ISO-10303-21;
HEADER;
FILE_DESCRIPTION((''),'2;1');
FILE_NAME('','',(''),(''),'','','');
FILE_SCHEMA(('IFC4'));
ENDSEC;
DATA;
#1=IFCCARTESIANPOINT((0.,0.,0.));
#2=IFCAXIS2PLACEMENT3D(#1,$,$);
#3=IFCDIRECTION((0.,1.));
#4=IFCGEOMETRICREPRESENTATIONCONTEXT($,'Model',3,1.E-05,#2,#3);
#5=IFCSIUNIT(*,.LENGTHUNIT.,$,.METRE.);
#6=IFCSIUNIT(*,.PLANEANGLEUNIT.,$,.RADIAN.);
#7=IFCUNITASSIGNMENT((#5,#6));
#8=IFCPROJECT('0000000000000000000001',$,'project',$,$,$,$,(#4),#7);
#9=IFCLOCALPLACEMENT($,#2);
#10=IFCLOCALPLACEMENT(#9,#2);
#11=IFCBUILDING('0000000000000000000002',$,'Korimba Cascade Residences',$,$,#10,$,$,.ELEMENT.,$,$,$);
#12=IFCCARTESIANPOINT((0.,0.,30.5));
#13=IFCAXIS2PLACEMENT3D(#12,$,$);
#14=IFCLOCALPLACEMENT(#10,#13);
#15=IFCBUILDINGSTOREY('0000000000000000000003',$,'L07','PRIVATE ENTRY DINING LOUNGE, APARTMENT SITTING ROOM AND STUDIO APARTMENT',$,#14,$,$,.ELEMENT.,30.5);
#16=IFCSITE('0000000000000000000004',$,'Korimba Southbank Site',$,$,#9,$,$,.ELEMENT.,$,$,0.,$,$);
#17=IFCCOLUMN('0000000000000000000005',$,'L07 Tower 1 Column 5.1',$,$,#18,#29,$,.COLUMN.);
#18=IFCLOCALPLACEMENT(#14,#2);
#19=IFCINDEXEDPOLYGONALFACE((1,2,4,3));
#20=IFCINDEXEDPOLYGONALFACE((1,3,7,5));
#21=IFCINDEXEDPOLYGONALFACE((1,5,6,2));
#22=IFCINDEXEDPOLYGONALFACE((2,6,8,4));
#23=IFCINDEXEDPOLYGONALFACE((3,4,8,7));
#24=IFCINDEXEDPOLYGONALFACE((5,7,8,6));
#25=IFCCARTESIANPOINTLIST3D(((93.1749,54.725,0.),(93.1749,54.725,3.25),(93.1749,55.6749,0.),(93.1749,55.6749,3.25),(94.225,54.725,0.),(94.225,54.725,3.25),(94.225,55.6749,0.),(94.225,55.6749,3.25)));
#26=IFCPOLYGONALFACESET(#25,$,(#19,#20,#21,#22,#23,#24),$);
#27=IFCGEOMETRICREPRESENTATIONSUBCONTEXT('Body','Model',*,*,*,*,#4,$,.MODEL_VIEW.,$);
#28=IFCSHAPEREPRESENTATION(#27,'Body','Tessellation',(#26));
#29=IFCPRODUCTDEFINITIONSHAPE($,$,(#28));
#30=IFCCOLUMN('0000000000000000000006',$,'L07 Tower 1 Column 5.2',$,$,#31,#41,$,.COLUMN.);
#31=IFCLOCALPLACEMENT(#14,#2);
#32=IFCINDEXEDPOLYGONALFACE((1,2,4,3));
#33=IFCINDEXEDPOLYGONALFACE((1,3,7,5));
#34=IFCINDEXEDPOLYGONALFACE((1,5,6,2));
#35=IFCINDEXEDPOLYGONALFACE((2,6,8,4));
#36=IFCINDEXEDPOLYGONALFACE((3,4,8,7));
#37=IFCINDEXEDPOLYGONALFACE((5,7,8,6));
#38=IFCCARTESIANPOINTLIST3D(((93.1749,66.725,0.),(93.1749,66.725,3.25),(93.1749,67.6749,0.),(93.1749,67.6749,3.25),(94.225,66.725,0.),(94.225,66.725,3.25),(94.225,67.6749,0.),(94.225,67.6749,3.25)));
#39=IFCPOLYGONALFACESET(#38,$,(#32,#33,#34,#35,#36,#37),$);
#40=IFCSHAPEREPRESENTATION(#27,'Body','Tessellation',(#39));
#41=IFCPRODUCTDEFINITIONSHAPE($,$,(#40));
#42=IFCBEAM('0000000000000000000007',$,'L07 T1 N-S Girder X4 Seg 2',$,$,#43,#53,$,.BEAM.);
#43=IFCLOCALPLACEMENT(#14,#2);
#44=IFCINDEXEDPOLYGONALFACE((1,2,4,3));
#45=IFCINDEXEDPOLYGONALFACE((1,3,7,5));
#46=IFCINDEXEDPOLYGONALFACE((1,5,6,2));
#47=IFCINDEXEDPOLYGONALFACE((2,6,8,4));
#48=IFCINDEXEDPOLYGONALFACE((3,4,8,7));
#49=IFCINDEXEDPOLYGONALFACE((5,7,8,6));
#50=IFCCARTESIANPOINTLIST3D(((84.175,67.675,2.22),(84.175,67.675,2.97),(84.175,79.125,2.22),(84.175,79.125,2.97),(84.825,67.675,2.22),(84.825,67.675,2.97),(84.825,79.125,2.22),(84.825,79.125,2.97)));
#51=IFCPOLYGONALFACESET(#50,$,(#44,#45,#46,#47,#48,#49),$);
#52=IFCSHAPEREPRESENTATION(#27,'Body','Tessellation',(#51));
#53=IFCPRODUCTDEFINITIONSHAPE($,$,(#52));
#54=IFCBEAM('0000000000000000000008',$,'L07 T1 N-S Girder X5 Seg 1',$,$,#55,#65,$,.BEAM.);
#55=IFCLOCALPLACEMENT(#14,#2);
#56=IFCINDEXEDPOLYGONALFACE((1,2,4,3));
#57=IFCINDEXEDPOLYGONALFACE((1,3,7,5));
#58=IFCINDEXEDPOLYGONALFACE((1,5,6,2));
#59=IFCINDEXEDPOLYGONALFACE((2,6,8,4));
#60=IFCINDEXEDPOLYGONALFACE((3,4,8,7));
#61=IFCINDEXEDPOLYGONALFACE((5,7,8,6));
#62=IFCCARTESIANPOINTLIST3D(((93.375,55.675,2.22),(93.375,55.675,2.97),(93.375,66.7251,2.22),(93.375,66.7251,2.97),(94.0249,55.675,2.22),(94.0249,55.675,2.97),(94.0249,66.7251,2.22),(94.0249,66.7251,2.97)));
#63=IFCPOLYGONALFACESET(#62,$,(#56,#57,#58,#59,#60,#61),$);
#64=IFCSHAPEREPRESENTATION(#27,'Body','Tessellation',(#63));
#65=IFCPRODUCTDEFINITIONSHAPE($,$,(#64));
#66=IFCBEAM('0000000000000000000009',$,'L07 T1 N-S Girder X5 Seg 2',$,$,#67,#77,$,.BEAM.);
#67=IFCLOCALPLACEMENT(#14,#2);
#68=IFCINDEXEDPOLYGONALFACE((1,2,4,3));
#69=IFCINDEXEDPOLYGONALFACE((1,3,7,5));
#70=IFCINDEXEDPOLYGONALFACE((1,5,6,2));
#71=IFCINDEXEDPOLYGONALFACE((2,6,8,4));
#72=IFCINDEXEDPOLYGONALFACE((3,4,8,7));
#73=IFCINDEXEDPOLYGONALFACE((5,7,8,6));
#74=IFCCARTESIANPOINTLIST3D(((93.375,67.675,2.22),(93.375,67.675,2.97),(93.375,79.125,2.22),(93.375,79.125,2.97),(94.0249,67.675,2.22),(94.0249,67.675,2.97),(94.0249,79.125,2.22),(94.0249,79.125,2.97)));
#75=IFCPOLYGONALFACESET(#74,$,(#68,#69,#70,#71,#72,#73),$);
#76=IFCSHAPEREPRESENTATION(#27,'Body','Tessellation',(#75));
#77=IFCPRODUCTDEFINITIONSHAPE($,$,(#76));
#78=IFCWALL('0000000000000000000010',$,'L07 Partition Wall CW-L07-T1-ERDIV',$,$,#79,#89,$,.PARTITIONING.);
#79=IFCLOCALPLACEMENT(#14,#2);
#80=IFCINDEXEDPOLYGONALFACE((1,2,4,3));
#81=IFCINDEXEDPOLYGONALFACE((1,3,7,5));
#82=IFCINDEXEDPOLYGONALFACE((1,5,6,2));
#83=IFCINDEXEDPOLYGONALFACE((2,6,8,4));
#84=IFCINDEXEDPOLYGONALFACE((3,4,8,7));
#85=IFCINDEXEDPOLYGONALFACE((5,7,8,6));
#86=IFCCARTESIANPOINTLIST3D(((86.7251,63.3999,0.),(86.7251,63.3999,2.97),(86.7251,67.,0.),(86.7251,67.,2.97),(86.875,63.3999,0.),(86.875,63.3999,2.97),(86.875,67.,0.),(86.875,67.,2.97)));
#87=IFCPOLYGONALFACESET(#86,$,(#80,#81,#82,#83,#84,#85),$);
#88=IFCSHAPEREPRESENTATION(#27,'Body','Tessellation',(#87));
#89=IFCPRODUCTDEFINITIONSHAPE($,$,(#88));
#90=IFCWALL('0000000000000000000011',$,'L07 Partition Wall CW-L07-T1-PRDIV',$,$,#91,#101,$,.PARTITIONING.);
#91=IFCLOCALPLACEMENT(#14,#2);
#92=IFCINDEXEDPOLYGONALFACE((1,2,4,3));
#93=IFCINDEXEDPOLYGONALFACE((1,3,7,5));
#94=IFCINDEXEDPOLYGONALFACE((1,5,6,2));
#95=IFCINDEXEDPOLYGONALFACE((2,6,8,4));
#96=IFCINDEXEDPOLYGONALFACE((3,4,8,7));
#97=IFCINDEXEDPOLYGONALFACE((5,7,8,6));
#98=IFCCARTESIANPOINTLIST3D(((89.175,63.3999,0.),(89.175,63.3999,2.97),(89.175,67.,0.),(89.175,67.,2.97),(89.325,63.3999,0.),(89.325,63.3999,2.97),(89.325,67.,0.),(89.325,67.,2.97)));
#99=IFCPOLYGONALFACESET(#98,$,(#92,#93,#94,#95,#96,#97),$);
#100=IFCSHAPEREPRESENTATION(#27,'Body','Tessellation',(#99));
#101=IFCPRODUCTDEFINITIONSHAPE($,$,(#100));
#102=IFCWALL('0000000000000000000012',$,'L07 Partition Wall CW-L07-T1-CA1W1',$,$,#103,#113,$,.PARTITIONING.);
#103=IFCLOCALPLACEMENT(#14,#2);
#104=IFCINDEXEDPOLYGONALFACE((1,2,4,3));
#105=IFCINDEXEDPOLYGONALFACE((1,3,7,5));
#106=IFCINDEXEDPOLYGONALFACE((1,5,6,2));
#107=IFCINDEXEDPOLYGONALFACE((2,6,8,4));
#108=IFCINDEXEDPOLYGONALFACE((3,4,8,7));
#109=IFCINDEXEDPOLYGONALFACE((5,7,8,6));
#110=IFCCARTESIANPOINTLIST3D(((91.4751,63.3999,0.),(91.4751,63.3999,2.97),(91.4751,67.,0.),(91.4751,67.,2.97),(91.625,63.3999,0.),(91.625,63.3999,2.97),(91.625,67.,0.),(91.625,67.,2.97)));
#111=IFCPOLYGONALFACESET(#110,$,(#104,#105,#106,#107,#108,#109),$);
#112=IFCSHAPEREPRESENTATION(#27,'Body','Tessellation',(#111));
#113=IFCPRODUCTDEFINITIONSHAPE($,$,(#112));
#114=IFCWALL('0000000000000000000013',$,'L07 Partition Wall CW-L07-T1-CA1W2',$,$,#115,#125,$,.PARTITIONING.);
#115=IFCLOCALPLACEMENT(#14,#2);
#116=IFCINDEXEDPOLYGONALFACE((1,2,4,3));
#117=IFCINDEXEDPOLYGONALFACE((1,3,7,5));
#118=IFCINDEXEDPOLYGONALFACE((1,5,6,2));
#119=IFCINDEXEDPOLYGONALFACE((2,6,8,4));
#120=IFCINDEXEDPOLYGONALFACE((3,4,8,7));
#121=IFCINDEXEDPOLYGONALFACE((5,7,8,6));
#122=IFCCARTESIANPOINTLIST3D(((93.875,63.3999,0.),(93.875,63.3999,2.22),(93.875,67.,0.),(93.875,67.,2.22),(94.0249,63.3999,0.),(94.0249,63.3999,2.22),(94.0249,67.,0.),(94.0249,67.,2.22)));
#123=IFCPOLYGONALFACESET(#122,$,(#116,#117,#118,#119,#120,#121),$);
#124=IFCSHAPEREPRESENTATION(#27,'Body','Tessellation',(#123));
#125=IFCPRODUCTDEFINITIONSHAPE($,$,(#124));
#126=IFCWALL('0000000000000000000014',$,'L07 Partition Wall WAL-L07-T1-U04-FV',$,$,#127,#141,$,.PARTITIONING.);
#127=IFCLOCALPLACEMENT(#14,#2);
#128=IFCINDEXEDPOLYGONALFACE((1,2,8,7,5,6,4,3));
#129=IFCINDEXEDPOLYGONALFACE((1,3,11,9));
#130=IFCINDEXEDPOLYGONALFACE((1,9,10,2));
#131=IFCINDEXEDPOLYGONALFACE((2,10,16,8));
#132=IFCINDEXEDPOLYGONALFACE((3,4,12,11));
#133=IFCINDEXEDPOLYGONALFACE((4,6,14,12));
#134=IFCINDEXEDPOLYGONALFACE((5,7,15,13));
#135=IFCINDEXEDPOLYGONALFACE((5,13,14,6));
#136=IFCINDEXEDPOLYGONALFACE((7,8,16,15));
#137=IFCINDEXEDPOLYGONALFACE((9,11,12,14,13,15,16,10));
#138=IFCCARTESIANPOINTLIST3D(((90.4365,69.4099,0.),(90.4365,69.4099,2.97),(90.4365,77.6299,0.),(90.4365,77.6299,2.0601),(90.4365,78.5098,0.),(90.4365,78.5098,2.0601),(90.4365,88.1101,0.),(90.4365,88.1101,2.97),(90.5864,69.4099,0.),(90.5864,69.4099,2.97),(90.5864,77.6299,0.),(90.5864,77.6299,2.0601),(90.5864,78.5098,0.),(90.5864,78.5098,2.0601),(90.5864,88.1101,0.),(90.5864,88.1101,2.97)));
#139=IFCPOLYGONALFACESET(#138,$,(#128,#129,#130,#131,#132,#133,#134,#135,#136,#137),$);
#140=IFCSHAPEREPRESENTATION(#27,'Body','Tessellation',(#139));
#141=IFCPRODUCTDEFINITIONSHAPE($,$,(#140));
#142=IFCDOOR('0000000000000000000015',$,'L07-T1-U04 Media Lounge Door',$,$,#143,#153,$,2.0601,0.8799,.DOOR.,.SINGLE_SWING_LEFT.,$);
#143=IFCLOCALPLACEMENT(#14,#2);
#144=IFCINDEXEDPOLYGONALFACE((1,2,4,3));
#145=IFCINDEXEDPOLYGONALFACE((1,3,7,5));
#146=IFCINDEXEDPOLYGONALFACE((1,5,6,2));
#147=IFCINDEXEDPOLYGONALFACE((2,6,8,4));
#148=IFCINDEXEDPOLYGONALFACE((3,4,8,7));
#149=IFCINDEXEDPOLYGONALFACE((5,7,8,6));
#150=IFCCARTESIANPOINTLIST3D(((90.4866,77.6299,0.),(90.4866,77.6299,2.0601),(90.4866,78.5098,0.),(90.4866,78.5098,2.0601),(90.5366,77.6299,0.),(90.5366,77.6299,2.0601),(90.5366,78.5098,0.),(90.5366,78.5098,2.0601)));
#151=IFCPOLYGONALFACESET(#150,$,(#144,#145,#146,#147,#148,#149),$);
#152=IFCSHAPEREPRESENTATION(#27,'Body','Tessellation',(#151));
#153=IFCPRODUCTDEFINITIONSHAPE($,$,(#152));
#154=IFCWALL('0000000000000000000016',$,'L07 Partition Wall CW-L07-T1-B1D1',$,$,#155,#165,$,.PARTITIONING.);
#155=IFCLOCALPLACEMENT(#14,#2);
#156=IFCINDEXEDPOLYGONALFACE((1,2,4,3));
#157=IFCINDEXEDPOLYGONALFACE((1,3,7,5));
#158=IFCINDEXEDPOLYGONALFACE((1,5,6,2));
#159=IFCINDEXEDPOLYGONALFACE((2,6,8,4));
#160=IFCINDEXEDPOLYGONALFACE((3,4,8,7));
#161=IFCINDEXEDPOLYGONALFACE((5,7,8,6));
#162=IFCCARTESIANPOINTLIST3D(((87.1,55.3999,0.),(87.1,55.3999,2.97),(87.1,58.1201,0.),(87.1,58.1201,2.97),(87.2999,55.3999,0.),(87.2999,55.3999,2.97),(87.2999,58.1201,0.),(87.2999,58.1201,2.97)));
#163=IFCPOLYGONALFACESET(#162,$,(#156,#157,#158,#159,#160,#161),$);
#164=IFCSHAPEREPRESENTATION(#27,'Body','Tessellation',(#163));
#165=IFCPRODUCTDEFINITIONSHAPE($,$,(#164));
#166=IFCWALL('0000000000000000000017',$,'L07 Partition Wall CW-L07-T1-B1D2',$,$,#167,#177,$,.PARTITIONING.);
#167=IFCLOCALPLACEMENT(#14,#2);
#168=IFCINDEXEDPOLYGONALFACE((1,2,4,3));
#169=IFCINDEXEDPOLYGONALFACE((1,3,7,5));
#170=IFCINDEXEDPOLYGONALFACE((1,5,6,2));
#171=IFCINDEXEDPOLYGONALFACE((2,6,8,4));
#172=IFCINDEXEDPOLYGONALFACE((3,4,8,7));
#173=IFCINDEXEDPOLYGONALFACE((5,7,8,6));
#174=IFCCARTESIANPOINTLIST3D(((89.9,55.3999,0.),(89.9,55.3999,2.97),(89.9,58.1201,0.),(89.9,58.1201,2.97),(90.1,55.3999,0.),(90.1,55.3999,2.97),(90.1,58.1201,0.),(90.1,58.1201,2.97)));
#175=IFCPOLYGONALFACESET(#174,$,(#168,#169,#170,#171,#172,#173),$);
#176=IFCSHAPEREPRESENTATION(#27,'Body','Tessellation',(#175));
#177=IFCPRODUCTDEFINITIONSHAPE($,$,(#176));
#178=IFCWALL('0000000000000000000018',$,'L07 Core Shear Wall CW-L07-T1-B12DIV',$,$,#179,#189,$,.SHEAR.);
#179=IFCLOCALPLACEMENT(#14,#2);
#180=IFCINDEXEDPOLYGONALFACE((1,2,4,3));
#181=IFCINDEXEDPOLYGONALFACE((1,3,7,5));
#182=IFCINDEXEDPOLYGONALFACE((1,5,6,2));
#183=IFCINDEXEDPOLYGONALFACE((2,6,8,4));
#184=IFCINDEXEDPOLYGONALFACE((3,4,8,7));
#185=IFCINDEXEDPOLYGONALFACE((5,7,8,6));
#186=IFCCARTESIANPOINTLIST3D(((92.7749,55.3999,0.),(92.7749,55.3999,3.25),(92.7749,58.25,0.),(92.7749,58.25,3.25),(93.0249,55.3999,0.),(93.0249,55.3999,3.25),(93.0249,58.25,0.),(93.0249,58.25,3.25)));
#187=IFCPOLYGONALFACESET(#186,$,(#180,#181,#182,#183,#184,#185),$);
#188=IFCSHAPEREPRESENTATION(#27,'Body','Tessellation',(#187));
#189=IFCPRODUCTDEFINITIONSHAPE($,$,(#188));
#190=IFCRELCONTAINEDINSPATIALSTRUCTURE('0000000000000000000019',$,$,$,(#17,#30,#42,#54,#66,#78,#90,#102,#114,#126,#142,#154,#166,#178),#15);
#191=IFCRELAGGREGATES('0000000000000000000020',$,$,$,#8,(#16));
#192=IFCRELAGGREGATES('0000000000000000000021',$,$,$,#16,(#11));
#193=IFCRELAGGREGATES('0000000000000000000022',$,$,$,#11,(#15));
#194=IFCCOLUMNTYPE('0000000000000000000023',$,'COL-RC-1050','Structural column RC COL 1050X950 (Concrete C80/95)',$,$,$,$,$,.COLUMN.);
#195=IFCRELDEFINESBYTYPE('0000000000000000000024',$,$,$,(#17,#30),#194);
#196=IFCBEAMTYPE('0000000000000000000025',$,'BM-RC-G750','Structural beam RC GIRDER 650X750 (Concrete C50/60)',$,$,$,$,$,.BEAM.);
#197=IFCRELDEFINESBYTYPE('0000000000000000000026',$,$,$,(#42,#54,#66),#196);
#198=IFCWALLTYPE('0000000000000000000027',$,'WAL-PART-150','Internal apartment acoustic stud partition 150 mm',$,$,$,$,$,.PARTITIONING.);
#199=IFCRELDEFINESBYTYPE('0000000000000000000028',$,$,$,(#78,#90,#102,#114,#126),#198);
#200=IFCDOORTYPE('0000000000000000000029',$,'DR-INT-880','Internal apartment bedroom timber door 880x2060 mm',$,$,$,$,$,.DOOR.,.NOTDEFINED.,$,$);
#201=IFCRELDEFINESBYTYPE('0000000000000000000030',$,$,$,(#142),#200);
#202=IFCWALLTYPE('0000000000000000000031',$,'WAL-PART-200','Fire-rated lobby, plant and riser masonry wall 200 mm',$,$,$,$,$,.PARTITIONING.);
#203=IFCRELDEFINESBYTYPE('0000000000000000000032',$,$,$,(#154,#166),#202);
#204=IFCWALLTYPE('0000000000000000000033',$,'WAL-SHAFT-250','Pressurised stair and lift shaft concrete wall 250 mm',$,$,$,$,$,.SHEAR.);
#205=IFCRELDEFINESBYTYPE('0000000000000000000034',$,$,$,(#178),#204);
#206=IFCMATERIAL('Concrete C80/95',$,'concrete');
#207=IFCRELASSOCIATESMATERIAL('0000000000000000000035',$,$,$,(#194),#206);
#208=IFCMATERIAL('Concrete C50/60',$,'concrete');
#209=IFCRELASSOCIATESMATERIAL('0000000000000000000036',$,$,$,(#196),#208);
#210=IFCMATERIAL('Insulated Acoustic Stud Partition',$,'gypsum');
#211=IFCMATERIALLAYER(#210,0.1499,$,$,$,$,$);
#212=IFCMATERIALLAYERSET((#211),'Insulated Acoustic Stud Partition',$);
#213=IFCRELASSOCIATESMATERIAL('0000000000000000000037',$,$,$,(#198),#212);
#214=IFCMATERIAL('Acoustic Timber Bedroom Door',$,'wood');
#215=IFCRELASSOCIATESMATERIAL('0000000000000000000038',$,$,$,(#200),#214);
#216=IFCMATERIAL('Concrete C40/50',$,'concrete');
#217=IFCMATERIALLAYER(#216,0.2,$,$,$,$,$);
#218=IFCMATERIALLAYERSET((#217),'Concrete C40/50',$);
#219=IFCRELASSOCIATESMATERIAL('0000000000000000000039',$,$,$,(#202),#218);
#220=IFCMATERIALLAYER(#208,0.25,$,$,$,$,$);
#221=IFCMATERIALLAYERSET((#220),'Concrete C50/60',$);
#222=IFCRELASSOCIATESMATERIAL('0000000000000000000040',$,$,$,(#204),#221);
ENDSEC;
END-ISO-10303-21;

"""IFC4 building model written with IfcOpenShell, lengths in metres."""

from ifc_helpers import new_model, si_unit, direction, frame, frame_2d, origin, origin_2d, place, context, subcontext, project, spatial, rectangle, extrude, material, layer, layer_set, material_profile, profile_set, type_object, element, fill, save


model = new_model("IFC4")

# Units and contexts
model_context = context("Model", 3, precision=1e-05, world=origin(), true_north=direction((0.0, 1.0)))
body_context = subcontext(model_context, "Body", "Model", "MODEL_VIEW")
ifc_project = project(units=[si_unit("LENGTHUNIT", "METRE"), si_unit("PLANEANGLEUNIT", "RADIAN")], contexts=[model_context])

# Site, building, storey
site_placement = place(None, origin())
site = spatial("IfcSite", under=ifc_project, at=site_placement, Name="Korimba Southbank Site", CompositionType="ELEMENT", RefElevation=0.0)
building_placement = place(site_placement, origin())
building = spatial("IfcBuilding", under=site, at=building_placement, Name="Korimba Cascade Residences", CompositionType="ELEMENT")
storey_placement = place(building_placement, frame((0.0, 0.0, 30.5)))
storey = spatial("IfcBuildingStorey", under=building, at=storey_placement, Name="L07", Description="PRIVATE ENTRY DINING LOUNGE, APARTMENT SITTING ROOM AND STUDIO APARTMENT", CompositionType="ELEMENT", Elevation=30.5)

# Columns
ifc_material_1 = material(Name="Concrete C80/95", Category="concrete")
ifc_material_profile_1 = material_profile(ifc_material_1, rectangle(XDim=1.05, YDim=0.95, at=origin_2d()), Name="Concrete C80/95")
ifc_profile_set_1 = profile_set([ifc_material_profile_1], Name="Concrete C80/95")
column_type = type_object("IfcColumnType", Name="COL-RC-1050", Description="Structural column RC COL 1050X950 (Concrete C80/95)", PredefinedType="COLUMN", material=ifc_profile_set_1)
for number, where, z_axis, x_axis, name in (
    (1, (93.7, 55.2, 0.0), (0.0, 0.0, 1.0), (1.0, 0.0, 0.0), "L07 Tower 1 Column 5.1"),
    (2, (93.7, 67.2, 0.0), (0.0, 0.0, 1.0), (1.0, 0.0, 0.0), "L07 Tower 1 Column 5.2"),
):
    element("IfcColumn", number, at=place(storey_placement, frame(where, z_axis=z_axis, x_axis=x_axis)), inside=storey, type_object=column_type, Name=name, PredefinedType="COLUMN", context=body_context, shape_type="SweptSolid", body=[
        extrude(rectangle(XDim=1.05, YDim=0.95, at=origin_2d()), origin(), (0.0, 0.0, 1.0), 3.25),
    ])

# Beams
ifc_material_2 = material(Name="Concrete C50/60", Category="concrete")
ifc_material_profile_2 = material_profile(ifc_material_2, rectangle(XDim=0.6499, YDim=0.75, at=origin_2d()), Name="Concrete C50/60")
ifc_profile_set_2 = profile_set([ifc_material_profile_2], Name="Concrete C50/60")
beam_type = type_object("IfcBeamType", Name="BM-RC-G750", Description="Structural beam RC GIRDER 650X750 (Concrete C50/60)", PredefinedType="BEAM", material=ifc_profile_set_2)
beam_1_placement = place(storey_placement, frame((84.5, 67.675, 2.595), z_axis=(0.0, 1.0, 0.0), x_axis=(-1.0, 0.0, 0.0)))
element("IfcBeam", 3, at=beam_1_placement, inside=storey, type_object=beam_type, Name="L07 T1 N-S Girder X4 Seg 2", PredefinedType="BEAM", context=body_context, shape_type="SweptSolid", body=[
    extrude(rectangle(XDim=0.6499, YDim=0.75, at=origin_2d()), origin(), (0.0, 0.0, 1.0), 11.45),
])
beam_2_placement = place(storey_placement, frame((93.7, 55.675, 2.595), z_axis=(0.0, 1.0, 0.0), x_axis=(-1.0, 0.0, 0.0)))
element("IfcBeam", 4, at=beam_2_placement, inside=storey, type_object=beam_type, Name="L07 T1 N-S Girder X5 Seg 1", PredefinedType="BEAM", context=body_context, shape_type="SweptSolid", body=[
    extrude(rectangle(XDim=0.6499, YDim=0.75, at=origin_2d()), origin(), (0.0, 0.0, 1.0), 11.05),
])
beam_3_placement = place(storey_placement, frame((93.7, 67.675, 2.595), z_axis=(0.0, 1.0, 0.0), x_axis=(-1.0, 0.0, 0.0)))
element("IfcBeam", 5, at=beam_3_placement, inside=storey, type_object=beam_type, Name="L07 T1 N-S Girder X5 Seg 2", PredefinedType="BEAM", context=body_context, shape_type="SweptSolid", body=[
    extrude(rectangle(XDim=0.6499, YDim=0.75, at=origin_2d()), origin(), (0.0, 0.0, 1.0), 11.45),
])

# Walls
ifc_material_3 = material(Name="Insulated Acoustic Stud Partition", Category="gypsum")
ifc_layer_1 = layer(ifc_material_3, 0.1499)
ifc_layer_set_1 = layer_set([ifc_layer_1], Name="Insulated Acoustic Stud Partition")
wall_type_1 = type_object("IfcWallType", Name="WAL-PART-150", Description="Internal apartment acoustic stud partition 150 mm", PredefinedType="PARTITIONING", material=ifc_layer_set_1)
for number, where, z_axis, x_axis, name in (
    (6, (86.8, 63.3999, 0.0), (0.0, 0.0, 1.0), (0.0, 1.0, 0.0), "L07 Partition Wall CW-L07-T1-ERDIV"),
    (7, (89.25, 63.3999, 0.0), (0.0, 0.0, 1.0), (0.0, 1.0, 0.0), "L07 Partition Wall CW-L07-T1-PRDIV"),
    (8, (91.55, 63.3999, 0.0), (0.0, 0.0, 1.0), (0.0, 1.0, 0.0), "L07 Partition Wall CW-L07-T1-CA1W1"),
):
    element("IfcWall", number, at=place(storey_placement, frame(where, z_axis=z_axis, x_axis=x_axis)), inside=storey, type_object=wall_type_1, Name=name, PredefinedType="PARTITIONING", context=body_context, shape_type="SweptSolid", body=[
        extrude(rectangle(XDim=3.6001, YDim=0.1499, at=frame_2d((1.8, 0.0))), origin(), (0.0, 0.0, 1.0), 2.97),
    ])
wall_1_placement = place(storey_placement, frame((93.95, 63.3999, 0.0), z_axis=(0.0, 0.0, 1.0), x_axis=(0.0, 1.0, 0.0)))
element("IfcWall", 9, at=wall_1_placement, inside=storey, type_object=wall_type_1, Name="L07 Partition Wall CW-L07-T1-CA1W2", PredefinedType="PARTITIONING", context=body_context, shape_type="SweptSolid", body=[
    extrude(rectangle(XDim=3.6001, YDim=0.1499, at=frame_2d((1.8, 0.0))), origin(), (0.0, 0.0, 1.0), 2.22),
])

# Wall, opening, door
wall_2_placement = place(storey_placement, frame((90.5115, 69.4099, 0.0), z_axis=(0.0, 0.0, 1.0), x_axis=(0.0, 1.0, 0.0)))
wall_2 = element("IfcWall", 10, at=wall_2_placement, inside=storey, type_object=wall_type_1, Name="L07 Partition Wall WAL-L07-T1-U04-FV", PredefinedType="PARTITIONING", context=body_context, shape_type="SweptSolid", body=[
    extrude(rectangle(XDim=18.7002, YDim=0.1499, at=frame_2d((9.3501, 0.0))), origin(), (0.0, 0.0, 1.0), 2.97),
])
opening_placement = place(wall_2_placement, frame((8.22, 0.0, 0.0)))
opening = element("IfcOpeningElement", 11, at=opening_placement, cuts=wall_2, PredefinedType="OPENING", context=body_context, shape_type="SweptSolid", body=[
    extrude(rectangle(XDim=0.8799, YDim=2.0601, at=frame_2d((0.4399, 1.03))), frame((0.0, 0.085, 0.0), z_axis=(0.0, -1.0, 0.0), x_axis=(1.0, 0.0, 0.0)), (0.0, 0.0, 1.0), 0.1699),
])
ifc_material_4 = material(Name="Acoustic Timber Bedroom Door", Category="wood")
door_type = type_object("IfcDoorType", Name="DR-INT-880", Description="Internal apartment bedroom timber door 880x2060 mm", OperationType="NOTDEFINED", PredefinedType="DOOR", material=ifc_material_4)
door_placement = place(opening_placement, origin())
door = element("IfcDoor", 12, at=door_placement, inside=storey, type_object=door_type, Name="L07-T1-U04 Media Lounge Door", OperationType="SINGLE_SWING_LEFT", OverallHeight=2.0601, OverallWidth=0.8799, PredefinedType="DOOR", context=body_context, shape_type="SweptSolid", body=[
    extrude(rectangle(XDim=0.8799, YDim=2.0601, at=frame_2d((0.4399, 1.03))), frame((0.0, 0.0249, 0.0), z_axis=(0.0, -1.0, 0.0), x_axis=(1.0, 0.0, 0.0)), (0.0, 0.0, 1.0), 0.05),
])
fill(opening, door)

# Walls
ifc_material_5 = material(Name="Concrete C40/50", Category="concrete")
ifc_layer_2 = layer(ifc_material_5, 0.2)
ifc_layer_set_2 = layer_set([ifc_layer_2], Name="Concrete C40/50")
wall_type_2 = type_object("IfcWallType", Name="WAL-PART-200", Description="Fire-rated lobby, plant and riser masonry wall 200 mm", PredefinedType="PARTITIONING", material=ifc_layer_set_2)
for number, where, z_axis, x_axis, name in (
    (13, (87.2, 55.3999, 0.0), (0.0, 0.0, 1.0), (0.0, 1.0, 0.0), "L07 Partition Wall CW-L07-T1-B1D1"),
    (14, (90.0, 55.3999, 0.0), (0.0, 0.0, 1.0), (0.0, 1.0, 0.0), "L07 Partition Wall CW-L07-T1-B1D2"),
):
    element("IfcWall", number, at=place(storey_placement, frame(where, z_axis=z_axis, x_axis=x_axis)), inside=storey, type_object=wall_type_2, Name=name, PredefinedType="PARTITIONING", context=body_context, shape_type="SweptSolid", body=[
        extrude(rectangle(XDim=2.7202, YDim=0.2, at=frame_2d((1.3601, 0.0))), origin(), (0.0, 0.0, 1.0), 2.97),
    ])
ifc_layer_3 = layer(ifc_material_2, 0.25)
ifc_layer_set_3 = layer_set([ifc_layer_3], Name="Concrete C50/60")
wall_type_3 = type_object("IfcWallType", Name="WAL-SHAFT-250", Description="Pressurised stair and lift shaft concrete wall 250 mm", PredefinedType="SHEAR", material=ifc_layer_set_3)
wall_3_placement = place(storey_placement, frame((92.8999, 55.3999, 0.0), z_axis=(0.0, 0.0, 1.0), x_axis=(0.0, 1.0, 0.0)))
element("IfcWall", 15, at=wall_3_placement, inside=storey, type_object=wall_type_3, Name="L07 Core Shear Wall CW-L07-T1-B12DIV", PredefinedType="SHEAR", context=body_context, shape_type="SweptSolid", body=[
    extrude(rectangle(XDim=2.8501, YDim=0.25, at=frame_2d((1.425, 0.0))), origin(), (0.0, 0.0, 1.0), 3.25),
])

save(model, "model.ifc")
